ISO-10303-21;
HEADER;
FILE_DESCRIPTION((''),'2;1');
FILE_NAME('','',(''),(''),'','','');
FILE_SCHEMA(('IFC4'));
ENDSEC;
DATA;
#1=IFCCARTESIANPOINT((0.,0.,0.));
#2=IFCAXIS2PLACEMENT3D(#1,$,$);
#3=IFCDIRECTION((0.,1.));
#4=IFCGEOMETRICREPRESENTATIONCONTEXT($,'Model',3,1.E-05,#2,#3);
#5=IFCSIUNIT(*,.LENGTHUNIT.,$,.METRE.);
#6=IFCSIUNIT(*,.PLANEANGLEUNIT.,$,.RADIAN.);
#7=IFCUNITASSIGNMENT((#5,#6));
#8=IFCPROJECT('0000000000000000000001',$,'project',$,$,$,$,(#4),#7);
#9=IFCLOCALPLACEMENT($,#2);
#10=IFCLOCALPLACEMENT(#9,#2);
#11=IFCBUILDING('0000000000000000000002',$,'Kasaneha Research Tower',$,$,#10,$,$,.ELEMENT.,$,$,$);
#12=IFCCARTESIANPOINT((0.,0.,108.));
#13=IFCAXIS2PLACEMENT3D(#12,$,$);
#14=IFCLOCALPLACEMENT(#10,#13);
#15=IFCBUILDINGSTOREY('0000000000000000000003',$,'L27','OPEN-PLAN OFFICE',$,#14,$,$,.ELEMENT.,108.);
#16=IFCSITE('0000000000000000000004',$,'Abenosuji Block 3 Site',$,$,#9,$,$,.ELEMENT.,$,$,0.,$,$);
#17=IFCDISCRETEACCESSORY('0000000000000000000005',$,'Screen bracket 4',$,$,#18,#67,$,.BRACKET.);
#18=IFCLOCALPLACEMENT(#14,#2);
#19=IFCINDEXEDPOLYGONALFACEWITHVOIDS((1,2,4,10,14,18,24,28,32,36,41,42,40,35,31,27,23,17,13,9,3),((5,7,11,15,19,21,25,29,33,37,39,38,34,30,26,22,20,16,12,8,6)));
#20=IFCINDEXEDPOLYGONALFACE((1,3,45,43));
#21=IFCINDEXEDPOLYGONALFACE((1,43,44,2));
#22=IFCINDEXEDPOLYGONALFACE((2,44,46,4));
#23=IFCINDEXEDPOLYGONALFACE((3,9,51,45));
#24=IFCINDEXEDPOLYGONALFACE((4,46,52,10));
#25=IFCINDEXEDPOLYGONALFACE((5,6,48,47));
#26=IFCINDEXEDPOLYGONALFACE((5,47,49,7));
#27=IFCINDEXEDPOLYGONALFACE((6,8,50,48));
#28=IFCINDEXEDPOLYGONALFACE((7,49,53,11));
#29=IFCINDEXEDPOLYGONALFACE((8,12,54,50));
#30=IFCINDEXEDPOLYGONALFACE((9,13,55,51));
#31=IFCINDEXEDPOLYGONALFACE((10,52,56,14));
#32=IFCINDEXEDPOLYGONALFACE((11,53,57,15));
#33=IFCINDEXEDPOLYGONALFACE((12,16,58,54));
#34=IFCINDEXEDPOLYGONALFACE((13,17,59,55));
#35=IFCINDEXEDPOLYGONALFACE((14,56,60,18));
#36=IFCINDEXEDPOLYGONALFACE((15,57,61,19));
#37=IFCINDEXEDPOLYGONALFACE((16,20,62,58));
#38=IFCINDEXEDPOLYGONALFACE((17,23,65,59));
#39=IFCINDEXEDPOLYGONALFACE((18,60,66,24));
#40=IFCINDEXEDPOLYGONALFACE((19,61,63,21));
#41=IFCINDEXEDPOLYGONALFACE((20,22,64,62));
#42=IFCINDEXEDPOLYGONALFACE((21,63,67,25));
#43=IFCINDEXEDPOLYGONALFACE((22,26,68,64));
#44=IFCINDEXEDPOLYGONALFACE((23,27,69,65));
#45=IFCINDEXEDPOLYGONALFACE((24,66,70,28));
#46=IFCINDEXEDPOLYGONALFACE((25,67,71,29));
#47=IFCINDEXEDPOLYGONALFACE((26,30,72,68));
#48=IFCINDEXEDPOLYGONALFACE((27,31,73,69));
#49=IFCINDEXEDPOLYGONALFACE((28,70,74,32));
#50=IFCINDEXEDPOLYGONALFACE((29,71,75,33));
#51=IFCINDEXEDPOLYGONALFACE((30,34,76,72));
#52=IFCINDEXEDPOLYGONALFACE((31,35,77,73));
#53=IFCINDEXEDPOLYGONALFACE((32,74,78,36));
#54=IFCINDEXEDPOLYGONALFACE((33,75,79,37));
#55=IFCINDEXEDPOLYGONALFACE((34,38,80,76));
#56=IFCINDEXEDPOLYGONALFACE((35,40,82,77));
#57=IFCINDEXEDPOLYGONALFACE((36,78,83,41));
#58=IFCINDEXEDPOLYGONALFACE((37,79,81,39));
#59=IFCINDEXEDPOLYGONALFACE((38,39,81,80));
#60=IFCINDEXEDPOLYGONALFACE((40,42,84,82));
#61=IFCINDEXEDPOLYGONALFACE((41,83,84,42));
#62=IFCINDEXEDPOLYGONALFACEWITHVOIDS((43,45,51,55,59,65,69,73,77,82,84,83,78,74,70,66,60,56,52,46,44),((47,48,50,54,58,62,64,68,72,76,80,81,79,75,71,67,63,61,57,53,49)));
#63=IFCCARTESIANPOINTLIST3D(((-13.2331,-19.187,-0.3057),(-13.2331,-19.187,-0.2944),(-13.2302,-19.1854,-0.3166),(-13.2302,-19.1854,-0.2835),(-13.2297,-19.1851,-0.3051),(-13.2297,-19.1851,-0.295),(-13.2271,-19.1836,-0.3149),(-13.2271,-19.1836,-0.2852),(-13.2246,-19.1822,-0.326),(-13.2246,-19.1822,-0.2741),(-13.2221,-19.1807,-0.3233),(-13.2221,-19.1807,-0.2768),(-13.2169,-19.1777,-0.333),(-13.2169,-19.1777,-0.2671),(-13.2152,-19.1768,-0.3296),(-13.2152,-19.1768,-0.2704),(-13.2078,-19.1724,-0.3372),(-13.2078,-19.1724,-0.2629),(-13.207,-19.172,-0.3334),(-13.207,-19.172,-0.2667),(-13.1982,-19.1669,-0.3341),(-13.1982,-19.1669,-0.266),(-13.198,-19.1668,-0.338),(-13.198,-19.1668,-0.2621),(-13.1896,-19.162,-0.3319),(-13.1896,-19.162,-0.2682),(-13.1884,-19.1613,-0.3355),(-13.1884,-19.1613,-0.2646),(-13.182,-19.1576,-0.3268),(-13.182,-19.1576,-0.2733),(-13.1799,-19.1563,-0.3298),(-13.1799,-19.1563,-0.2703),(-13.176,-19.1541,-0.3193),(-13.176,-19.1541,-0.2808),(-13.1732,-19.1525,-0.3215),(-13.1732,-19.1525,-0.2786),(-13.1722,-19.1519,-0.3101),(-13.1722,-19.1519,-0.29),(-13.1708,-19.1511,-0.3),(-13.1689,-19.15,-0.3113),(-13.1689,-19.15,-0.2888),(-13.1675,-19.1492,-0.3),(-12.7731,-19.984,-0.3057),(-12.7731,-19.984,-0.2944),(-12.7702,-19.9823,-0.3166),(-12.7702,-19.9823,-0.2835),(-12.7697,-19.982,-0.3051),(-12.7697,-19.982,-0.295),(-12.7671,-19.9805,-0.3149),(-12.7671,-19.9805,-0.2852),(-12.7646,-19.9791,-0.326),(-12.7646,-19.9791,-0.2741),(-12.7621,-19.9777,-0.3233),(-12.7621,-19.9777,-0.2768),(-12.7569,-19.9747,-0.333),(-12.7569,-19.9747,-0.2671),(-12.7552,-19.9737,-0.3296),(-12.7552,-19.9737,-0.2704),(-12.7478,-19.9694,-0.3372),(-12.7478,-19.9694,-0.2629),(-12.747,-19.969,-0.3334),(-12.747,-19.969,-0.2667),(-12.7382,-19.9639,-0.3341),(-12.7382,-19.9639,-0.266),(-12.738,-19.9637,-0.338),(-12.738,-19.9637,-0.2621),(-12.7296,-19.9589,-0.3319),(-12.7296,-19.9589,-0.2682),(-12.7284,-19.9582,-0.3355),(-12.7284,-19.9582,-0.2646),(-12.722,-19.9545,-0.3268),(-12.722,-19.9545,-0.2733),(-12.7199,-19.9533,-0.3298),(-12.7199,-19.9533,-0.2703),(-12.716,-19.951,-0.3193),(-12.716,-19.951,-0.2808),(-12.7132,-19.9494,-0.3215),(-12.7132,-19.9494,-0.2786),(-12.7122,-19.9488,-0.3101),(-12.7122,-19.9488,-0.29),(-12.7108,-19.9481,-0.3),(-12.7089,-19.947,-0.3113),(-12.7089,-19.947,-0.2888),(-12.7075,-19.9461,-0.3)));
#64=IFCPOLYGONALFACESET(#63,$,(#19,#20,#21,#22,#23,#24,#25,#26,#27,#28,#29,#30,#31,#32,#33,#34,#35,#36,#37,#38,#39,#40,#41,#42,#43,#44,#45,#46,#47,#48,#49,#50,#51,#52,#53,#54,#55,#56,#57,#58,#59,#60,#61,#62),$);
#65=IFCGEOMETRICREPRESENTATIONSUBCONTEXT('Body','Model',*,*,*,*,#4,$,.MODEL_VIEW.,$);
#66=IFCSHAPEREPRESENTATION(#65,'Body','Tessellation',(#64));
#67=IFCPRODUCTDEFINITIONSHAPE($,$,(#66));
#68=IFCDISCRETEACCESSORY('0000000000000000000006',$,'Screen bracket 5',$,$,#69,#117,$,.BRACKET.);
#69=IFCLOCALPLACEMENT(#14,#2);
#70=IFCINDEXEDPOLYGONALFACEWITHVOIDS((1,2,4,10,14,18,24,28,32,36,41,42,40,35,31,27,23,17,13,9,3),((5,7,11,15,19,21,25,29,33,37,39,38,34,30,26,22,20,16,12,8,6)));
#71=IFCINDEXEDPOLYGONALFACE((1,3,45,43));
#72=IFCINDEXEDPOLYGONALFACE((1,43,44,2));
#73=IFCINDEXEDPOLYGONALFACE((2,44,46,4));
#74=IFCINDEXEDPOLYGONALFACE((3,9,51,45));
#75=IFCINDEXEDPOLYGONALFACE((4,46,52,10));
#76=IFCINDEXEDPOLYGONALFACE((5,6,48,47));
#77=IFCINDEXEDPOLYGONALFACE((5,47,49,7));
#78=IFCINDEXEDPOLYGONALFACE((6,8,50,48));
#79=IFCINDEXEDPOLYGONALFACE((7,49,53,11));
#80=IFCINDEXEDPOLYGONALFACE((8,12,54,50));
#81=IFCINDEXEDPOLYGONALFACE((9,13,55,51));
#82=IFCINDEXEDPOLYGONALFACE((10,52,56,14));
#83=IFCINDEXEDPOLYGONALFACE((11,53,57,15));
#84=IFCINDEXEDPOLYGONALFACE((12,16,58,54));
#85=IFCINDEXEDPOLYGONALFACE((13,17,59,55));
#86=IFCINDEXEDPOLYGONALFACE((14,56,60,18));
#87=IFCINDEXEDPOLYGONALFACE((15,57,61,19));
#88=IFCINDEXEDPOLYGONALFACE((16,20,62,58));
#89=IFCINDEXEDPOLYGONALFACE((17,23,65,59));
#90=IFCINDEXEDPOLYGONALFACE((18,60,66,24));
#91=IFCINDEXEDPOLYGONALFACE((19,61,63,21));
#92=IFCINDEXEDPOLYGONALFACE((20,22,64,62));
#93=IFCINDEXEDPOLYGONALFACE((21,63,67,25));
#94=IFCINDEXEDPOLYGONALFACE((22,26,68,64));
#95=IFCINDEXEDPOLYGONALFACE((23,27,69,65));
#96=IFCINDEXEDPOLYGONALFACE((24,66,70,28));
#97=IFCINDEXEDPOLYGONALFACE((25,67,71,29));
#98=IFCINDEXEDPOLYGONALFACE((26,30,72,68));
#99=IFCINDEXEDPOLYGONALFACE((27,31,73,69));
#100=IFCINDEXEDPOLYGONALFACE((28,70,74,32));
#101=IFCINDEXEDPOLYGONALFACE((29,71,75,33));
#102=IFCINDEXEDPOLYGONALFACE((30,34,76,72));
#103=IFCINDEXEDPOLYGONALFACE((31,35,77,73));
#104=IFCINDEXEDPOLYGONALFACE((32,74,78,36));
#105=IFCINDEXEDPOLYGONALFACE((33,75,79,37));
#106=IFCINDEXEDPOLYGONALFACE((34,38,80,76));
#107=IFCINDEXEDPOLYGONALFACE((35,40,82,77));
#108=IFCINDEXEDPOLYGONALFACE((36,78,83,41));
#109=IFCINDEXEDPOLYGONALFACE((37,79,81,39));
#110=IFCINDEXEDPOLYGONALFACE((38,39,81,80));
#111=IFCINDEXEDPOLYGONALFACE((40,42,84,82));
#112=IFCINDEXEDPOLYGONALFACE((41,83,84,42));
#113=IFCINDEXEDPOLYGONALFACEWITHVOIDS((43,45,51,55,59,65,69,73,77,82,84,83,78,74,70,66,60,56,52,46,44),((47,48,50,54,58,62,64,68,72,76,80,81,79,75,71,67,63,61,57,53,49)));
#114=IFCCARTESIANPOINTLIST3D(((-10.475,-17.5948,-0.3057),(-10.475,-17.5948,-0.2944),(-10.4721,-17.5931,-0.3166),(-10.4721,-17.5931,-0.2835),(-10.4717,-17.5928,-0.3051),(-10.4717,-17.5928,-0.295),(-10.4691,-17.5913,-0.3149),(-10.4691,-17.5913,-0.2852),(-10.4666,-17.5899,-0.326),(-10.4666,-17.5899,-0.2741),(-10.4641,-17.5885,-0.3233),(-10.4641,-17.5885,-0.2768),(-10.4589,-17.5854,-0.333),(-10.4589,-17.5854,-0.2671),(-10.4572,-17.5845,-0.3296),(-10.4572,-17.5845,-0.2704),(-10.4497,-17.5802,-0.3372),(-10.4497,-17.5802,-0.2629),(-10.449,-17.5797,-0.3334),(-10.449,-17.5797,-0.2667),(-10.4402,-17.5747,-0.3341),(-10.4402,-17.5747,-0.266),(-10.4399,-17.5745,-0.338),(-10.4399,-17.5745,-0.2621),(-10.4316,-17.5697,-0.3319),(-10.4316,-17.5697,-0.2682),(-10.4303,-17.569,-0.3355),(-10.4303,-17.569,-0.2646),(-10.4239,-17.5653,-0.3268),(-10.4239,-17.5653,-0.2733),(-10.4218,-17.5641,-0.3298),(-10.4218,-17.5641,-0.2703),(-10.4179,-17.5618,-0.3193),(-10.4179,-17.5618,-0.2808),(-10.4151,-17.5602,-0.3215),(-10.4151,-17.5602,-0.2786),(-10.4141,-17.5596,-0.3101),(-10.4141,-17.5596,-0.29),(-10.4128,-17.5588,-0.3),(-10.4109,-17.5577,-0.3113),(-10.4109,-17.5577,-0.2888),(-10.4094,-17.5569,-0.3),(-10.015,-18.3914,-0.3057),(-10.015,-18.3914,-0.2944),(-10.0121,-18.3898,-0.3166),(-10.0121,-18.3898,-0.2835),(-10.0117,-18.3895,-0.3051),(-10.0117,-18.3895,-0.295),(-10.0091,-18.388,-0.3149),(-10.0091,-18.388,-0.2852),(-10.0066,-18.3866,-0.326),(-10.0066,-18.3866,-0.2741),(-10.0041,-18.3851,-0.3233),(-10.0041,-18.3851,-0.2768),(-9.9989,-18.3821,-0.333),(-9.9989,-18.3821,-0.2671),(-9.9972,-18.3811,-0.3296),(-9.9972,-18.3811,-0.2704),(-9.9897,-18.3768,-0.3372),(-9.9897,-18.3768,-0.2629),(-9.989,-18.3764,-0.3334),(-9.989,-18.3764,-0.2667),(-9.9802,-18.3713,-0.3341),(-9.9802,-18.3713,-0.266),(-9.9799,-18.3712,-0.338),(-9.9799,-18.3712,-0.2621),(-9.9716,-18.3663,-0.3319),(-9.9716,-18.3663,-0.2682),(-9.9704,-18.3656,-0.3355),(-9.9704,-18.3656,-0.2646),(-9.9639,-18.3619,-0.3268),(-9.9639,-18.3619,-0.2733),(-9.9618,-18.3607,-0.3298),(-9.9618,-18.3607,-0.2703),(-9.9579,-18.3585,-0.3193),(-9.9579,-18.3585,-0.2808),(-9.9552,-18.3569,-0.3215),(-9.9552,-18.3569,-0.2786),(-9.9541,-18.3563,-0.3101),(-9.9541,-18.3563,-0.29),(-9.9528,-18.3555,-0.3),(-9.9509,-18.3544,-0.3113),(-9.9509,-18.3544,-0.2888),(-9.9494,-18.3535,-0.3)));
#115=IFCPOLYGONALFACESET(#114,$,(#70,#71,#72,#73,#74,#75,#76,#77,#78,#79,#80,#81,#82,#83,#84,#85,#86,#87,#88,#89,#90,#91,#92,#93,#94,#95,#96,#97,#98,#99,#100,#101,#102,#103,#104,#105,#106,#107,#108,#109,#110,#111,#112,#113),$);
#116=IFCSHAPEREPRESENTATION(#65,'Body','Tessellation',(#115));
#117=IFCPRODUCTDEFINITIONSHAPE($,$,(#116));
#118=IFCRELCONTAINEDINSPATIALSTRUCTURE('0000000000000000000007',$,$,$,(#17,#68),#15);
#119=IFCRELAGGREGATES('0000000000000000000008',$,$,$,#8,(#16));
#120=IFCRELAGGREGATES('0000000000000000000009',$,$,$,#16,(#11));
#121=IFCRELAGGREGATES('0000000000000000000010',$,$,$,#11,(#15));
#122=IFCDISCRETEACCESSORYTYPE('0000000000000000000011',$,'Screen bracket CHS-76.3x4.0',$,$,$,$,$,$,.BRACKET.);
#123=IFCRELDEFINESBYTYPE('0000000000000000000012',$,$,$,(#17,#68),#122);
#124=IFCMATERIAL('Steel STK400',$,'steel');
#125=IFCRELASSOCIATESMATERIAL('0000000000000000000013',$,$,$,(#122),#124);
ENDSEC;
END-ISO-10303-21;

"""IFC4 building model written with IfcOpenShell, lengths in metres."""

from ifc_helpers import new_model, si_unit, direction, frame, origin, origin_2d, place, context, subcontext, project, spatial, hollow_circle, extrude, material, material_profile, profile_set, type_object, element, save


model = new_model("IFC4")

# Units and contexts
model_context = context("Model", 3, precision=1e-05, world=origin(), true_north=direction((0.0, 1.0)))
body_context = subcontext(model_context, "Body", "Model", "MODEL_VIEW")
ifc_project = project(units=[si_unit("LENGTHUNIT", "METRE"), si_unit("PLANEANGLEUNIT", "RADIAN")], contexts=[model_context])

# Site, building, storey
site_placement = place(None, origin())
site = spatial("IfcSite", under=ifc_project, at=site_placement, Name="Abenosuji Block 3 Site", CompositionType="ELEMENT", RefElevation=0.0)
building_placement = place(site_placement, origin())
building = spatial("IfcBuilding", under=site, at=building_placement, Name="Kasaneha Research Tower", CompositionType="ELEMENT")
storey_placement = place(building_placement, frame((0.0, 0.0, 108.0)))
storey = spatial("IfcBuildingStorey", under=building, at=storey_placement, Name="L27", Description="OPEN-PLAN OFFICE", CompositionType="ELEMENT", Elevation=108.0)

# Discrete accessories
ifc_material_1 = material(Name="Steel STK400", Category="steel")
ifc_material_profile_1 = material_profile(ifc_material_1, hollow_circle(Radius=0.0381, WallThickness=0.0039, at=origin_2d()), Name="CHS-76.3x4.0")
ifc_profile_set_1 = profile_set([ifc_material_profile_1], Name="Steel STK400")
discrete_accessory_type = type_object("IfcDiscreteAccessoryType", Name="Screen bracket CHS-76.3x4.0", PredefinedType="BRACKET", material=ifc_profile_set_1)
discrete_accessory_1_placement = place(storey_placement, frame((-13.2004, -19.1682, -0.3), z_axis=(0.499906, -0.86608, 0.0), x_axis=(0.86608, 0.499906, 0.0)))
element("IfcDiscreteAccessory", 1, at=discrete_accessory_1_placement, inside=storey, type_object=discrete_accessory_type, Name="Screen bracket 4", PredefinedType="BRACKET", context=body_context, shape_type="SweptSolid", body=[
    extrude(hollow_circle(Radius=0.0381, WallThickness=0.0039, at=origin_2d()), origin(), (0.0, 0.0, 1.0), 0.9202),
])
discrete_accessory_2_placement = place(storey_placement, frame((-10.4424, -17.5759, -0.3), z_axis=(0.500021, -0.866013, 0.0), x_axis=(0.866013, 0.500021, 0.0)))
element("IfcDiscreteAccessory", 2, at=discrete_accessory_2_placement, inside=storey, type_object=discrete_accessory_type, Name="Screen bracket 5", PredefinedType="BRACKET", context=body_context, shape_type="SweptSolid", body=[
    extrude(hollow_circle(Radius=0.0381, WallThickness=0.0039, at=origin_2d()), origin(), (0.0, 0.0, 1.0), 0.9199),
])

save(model, "model.ifc")
